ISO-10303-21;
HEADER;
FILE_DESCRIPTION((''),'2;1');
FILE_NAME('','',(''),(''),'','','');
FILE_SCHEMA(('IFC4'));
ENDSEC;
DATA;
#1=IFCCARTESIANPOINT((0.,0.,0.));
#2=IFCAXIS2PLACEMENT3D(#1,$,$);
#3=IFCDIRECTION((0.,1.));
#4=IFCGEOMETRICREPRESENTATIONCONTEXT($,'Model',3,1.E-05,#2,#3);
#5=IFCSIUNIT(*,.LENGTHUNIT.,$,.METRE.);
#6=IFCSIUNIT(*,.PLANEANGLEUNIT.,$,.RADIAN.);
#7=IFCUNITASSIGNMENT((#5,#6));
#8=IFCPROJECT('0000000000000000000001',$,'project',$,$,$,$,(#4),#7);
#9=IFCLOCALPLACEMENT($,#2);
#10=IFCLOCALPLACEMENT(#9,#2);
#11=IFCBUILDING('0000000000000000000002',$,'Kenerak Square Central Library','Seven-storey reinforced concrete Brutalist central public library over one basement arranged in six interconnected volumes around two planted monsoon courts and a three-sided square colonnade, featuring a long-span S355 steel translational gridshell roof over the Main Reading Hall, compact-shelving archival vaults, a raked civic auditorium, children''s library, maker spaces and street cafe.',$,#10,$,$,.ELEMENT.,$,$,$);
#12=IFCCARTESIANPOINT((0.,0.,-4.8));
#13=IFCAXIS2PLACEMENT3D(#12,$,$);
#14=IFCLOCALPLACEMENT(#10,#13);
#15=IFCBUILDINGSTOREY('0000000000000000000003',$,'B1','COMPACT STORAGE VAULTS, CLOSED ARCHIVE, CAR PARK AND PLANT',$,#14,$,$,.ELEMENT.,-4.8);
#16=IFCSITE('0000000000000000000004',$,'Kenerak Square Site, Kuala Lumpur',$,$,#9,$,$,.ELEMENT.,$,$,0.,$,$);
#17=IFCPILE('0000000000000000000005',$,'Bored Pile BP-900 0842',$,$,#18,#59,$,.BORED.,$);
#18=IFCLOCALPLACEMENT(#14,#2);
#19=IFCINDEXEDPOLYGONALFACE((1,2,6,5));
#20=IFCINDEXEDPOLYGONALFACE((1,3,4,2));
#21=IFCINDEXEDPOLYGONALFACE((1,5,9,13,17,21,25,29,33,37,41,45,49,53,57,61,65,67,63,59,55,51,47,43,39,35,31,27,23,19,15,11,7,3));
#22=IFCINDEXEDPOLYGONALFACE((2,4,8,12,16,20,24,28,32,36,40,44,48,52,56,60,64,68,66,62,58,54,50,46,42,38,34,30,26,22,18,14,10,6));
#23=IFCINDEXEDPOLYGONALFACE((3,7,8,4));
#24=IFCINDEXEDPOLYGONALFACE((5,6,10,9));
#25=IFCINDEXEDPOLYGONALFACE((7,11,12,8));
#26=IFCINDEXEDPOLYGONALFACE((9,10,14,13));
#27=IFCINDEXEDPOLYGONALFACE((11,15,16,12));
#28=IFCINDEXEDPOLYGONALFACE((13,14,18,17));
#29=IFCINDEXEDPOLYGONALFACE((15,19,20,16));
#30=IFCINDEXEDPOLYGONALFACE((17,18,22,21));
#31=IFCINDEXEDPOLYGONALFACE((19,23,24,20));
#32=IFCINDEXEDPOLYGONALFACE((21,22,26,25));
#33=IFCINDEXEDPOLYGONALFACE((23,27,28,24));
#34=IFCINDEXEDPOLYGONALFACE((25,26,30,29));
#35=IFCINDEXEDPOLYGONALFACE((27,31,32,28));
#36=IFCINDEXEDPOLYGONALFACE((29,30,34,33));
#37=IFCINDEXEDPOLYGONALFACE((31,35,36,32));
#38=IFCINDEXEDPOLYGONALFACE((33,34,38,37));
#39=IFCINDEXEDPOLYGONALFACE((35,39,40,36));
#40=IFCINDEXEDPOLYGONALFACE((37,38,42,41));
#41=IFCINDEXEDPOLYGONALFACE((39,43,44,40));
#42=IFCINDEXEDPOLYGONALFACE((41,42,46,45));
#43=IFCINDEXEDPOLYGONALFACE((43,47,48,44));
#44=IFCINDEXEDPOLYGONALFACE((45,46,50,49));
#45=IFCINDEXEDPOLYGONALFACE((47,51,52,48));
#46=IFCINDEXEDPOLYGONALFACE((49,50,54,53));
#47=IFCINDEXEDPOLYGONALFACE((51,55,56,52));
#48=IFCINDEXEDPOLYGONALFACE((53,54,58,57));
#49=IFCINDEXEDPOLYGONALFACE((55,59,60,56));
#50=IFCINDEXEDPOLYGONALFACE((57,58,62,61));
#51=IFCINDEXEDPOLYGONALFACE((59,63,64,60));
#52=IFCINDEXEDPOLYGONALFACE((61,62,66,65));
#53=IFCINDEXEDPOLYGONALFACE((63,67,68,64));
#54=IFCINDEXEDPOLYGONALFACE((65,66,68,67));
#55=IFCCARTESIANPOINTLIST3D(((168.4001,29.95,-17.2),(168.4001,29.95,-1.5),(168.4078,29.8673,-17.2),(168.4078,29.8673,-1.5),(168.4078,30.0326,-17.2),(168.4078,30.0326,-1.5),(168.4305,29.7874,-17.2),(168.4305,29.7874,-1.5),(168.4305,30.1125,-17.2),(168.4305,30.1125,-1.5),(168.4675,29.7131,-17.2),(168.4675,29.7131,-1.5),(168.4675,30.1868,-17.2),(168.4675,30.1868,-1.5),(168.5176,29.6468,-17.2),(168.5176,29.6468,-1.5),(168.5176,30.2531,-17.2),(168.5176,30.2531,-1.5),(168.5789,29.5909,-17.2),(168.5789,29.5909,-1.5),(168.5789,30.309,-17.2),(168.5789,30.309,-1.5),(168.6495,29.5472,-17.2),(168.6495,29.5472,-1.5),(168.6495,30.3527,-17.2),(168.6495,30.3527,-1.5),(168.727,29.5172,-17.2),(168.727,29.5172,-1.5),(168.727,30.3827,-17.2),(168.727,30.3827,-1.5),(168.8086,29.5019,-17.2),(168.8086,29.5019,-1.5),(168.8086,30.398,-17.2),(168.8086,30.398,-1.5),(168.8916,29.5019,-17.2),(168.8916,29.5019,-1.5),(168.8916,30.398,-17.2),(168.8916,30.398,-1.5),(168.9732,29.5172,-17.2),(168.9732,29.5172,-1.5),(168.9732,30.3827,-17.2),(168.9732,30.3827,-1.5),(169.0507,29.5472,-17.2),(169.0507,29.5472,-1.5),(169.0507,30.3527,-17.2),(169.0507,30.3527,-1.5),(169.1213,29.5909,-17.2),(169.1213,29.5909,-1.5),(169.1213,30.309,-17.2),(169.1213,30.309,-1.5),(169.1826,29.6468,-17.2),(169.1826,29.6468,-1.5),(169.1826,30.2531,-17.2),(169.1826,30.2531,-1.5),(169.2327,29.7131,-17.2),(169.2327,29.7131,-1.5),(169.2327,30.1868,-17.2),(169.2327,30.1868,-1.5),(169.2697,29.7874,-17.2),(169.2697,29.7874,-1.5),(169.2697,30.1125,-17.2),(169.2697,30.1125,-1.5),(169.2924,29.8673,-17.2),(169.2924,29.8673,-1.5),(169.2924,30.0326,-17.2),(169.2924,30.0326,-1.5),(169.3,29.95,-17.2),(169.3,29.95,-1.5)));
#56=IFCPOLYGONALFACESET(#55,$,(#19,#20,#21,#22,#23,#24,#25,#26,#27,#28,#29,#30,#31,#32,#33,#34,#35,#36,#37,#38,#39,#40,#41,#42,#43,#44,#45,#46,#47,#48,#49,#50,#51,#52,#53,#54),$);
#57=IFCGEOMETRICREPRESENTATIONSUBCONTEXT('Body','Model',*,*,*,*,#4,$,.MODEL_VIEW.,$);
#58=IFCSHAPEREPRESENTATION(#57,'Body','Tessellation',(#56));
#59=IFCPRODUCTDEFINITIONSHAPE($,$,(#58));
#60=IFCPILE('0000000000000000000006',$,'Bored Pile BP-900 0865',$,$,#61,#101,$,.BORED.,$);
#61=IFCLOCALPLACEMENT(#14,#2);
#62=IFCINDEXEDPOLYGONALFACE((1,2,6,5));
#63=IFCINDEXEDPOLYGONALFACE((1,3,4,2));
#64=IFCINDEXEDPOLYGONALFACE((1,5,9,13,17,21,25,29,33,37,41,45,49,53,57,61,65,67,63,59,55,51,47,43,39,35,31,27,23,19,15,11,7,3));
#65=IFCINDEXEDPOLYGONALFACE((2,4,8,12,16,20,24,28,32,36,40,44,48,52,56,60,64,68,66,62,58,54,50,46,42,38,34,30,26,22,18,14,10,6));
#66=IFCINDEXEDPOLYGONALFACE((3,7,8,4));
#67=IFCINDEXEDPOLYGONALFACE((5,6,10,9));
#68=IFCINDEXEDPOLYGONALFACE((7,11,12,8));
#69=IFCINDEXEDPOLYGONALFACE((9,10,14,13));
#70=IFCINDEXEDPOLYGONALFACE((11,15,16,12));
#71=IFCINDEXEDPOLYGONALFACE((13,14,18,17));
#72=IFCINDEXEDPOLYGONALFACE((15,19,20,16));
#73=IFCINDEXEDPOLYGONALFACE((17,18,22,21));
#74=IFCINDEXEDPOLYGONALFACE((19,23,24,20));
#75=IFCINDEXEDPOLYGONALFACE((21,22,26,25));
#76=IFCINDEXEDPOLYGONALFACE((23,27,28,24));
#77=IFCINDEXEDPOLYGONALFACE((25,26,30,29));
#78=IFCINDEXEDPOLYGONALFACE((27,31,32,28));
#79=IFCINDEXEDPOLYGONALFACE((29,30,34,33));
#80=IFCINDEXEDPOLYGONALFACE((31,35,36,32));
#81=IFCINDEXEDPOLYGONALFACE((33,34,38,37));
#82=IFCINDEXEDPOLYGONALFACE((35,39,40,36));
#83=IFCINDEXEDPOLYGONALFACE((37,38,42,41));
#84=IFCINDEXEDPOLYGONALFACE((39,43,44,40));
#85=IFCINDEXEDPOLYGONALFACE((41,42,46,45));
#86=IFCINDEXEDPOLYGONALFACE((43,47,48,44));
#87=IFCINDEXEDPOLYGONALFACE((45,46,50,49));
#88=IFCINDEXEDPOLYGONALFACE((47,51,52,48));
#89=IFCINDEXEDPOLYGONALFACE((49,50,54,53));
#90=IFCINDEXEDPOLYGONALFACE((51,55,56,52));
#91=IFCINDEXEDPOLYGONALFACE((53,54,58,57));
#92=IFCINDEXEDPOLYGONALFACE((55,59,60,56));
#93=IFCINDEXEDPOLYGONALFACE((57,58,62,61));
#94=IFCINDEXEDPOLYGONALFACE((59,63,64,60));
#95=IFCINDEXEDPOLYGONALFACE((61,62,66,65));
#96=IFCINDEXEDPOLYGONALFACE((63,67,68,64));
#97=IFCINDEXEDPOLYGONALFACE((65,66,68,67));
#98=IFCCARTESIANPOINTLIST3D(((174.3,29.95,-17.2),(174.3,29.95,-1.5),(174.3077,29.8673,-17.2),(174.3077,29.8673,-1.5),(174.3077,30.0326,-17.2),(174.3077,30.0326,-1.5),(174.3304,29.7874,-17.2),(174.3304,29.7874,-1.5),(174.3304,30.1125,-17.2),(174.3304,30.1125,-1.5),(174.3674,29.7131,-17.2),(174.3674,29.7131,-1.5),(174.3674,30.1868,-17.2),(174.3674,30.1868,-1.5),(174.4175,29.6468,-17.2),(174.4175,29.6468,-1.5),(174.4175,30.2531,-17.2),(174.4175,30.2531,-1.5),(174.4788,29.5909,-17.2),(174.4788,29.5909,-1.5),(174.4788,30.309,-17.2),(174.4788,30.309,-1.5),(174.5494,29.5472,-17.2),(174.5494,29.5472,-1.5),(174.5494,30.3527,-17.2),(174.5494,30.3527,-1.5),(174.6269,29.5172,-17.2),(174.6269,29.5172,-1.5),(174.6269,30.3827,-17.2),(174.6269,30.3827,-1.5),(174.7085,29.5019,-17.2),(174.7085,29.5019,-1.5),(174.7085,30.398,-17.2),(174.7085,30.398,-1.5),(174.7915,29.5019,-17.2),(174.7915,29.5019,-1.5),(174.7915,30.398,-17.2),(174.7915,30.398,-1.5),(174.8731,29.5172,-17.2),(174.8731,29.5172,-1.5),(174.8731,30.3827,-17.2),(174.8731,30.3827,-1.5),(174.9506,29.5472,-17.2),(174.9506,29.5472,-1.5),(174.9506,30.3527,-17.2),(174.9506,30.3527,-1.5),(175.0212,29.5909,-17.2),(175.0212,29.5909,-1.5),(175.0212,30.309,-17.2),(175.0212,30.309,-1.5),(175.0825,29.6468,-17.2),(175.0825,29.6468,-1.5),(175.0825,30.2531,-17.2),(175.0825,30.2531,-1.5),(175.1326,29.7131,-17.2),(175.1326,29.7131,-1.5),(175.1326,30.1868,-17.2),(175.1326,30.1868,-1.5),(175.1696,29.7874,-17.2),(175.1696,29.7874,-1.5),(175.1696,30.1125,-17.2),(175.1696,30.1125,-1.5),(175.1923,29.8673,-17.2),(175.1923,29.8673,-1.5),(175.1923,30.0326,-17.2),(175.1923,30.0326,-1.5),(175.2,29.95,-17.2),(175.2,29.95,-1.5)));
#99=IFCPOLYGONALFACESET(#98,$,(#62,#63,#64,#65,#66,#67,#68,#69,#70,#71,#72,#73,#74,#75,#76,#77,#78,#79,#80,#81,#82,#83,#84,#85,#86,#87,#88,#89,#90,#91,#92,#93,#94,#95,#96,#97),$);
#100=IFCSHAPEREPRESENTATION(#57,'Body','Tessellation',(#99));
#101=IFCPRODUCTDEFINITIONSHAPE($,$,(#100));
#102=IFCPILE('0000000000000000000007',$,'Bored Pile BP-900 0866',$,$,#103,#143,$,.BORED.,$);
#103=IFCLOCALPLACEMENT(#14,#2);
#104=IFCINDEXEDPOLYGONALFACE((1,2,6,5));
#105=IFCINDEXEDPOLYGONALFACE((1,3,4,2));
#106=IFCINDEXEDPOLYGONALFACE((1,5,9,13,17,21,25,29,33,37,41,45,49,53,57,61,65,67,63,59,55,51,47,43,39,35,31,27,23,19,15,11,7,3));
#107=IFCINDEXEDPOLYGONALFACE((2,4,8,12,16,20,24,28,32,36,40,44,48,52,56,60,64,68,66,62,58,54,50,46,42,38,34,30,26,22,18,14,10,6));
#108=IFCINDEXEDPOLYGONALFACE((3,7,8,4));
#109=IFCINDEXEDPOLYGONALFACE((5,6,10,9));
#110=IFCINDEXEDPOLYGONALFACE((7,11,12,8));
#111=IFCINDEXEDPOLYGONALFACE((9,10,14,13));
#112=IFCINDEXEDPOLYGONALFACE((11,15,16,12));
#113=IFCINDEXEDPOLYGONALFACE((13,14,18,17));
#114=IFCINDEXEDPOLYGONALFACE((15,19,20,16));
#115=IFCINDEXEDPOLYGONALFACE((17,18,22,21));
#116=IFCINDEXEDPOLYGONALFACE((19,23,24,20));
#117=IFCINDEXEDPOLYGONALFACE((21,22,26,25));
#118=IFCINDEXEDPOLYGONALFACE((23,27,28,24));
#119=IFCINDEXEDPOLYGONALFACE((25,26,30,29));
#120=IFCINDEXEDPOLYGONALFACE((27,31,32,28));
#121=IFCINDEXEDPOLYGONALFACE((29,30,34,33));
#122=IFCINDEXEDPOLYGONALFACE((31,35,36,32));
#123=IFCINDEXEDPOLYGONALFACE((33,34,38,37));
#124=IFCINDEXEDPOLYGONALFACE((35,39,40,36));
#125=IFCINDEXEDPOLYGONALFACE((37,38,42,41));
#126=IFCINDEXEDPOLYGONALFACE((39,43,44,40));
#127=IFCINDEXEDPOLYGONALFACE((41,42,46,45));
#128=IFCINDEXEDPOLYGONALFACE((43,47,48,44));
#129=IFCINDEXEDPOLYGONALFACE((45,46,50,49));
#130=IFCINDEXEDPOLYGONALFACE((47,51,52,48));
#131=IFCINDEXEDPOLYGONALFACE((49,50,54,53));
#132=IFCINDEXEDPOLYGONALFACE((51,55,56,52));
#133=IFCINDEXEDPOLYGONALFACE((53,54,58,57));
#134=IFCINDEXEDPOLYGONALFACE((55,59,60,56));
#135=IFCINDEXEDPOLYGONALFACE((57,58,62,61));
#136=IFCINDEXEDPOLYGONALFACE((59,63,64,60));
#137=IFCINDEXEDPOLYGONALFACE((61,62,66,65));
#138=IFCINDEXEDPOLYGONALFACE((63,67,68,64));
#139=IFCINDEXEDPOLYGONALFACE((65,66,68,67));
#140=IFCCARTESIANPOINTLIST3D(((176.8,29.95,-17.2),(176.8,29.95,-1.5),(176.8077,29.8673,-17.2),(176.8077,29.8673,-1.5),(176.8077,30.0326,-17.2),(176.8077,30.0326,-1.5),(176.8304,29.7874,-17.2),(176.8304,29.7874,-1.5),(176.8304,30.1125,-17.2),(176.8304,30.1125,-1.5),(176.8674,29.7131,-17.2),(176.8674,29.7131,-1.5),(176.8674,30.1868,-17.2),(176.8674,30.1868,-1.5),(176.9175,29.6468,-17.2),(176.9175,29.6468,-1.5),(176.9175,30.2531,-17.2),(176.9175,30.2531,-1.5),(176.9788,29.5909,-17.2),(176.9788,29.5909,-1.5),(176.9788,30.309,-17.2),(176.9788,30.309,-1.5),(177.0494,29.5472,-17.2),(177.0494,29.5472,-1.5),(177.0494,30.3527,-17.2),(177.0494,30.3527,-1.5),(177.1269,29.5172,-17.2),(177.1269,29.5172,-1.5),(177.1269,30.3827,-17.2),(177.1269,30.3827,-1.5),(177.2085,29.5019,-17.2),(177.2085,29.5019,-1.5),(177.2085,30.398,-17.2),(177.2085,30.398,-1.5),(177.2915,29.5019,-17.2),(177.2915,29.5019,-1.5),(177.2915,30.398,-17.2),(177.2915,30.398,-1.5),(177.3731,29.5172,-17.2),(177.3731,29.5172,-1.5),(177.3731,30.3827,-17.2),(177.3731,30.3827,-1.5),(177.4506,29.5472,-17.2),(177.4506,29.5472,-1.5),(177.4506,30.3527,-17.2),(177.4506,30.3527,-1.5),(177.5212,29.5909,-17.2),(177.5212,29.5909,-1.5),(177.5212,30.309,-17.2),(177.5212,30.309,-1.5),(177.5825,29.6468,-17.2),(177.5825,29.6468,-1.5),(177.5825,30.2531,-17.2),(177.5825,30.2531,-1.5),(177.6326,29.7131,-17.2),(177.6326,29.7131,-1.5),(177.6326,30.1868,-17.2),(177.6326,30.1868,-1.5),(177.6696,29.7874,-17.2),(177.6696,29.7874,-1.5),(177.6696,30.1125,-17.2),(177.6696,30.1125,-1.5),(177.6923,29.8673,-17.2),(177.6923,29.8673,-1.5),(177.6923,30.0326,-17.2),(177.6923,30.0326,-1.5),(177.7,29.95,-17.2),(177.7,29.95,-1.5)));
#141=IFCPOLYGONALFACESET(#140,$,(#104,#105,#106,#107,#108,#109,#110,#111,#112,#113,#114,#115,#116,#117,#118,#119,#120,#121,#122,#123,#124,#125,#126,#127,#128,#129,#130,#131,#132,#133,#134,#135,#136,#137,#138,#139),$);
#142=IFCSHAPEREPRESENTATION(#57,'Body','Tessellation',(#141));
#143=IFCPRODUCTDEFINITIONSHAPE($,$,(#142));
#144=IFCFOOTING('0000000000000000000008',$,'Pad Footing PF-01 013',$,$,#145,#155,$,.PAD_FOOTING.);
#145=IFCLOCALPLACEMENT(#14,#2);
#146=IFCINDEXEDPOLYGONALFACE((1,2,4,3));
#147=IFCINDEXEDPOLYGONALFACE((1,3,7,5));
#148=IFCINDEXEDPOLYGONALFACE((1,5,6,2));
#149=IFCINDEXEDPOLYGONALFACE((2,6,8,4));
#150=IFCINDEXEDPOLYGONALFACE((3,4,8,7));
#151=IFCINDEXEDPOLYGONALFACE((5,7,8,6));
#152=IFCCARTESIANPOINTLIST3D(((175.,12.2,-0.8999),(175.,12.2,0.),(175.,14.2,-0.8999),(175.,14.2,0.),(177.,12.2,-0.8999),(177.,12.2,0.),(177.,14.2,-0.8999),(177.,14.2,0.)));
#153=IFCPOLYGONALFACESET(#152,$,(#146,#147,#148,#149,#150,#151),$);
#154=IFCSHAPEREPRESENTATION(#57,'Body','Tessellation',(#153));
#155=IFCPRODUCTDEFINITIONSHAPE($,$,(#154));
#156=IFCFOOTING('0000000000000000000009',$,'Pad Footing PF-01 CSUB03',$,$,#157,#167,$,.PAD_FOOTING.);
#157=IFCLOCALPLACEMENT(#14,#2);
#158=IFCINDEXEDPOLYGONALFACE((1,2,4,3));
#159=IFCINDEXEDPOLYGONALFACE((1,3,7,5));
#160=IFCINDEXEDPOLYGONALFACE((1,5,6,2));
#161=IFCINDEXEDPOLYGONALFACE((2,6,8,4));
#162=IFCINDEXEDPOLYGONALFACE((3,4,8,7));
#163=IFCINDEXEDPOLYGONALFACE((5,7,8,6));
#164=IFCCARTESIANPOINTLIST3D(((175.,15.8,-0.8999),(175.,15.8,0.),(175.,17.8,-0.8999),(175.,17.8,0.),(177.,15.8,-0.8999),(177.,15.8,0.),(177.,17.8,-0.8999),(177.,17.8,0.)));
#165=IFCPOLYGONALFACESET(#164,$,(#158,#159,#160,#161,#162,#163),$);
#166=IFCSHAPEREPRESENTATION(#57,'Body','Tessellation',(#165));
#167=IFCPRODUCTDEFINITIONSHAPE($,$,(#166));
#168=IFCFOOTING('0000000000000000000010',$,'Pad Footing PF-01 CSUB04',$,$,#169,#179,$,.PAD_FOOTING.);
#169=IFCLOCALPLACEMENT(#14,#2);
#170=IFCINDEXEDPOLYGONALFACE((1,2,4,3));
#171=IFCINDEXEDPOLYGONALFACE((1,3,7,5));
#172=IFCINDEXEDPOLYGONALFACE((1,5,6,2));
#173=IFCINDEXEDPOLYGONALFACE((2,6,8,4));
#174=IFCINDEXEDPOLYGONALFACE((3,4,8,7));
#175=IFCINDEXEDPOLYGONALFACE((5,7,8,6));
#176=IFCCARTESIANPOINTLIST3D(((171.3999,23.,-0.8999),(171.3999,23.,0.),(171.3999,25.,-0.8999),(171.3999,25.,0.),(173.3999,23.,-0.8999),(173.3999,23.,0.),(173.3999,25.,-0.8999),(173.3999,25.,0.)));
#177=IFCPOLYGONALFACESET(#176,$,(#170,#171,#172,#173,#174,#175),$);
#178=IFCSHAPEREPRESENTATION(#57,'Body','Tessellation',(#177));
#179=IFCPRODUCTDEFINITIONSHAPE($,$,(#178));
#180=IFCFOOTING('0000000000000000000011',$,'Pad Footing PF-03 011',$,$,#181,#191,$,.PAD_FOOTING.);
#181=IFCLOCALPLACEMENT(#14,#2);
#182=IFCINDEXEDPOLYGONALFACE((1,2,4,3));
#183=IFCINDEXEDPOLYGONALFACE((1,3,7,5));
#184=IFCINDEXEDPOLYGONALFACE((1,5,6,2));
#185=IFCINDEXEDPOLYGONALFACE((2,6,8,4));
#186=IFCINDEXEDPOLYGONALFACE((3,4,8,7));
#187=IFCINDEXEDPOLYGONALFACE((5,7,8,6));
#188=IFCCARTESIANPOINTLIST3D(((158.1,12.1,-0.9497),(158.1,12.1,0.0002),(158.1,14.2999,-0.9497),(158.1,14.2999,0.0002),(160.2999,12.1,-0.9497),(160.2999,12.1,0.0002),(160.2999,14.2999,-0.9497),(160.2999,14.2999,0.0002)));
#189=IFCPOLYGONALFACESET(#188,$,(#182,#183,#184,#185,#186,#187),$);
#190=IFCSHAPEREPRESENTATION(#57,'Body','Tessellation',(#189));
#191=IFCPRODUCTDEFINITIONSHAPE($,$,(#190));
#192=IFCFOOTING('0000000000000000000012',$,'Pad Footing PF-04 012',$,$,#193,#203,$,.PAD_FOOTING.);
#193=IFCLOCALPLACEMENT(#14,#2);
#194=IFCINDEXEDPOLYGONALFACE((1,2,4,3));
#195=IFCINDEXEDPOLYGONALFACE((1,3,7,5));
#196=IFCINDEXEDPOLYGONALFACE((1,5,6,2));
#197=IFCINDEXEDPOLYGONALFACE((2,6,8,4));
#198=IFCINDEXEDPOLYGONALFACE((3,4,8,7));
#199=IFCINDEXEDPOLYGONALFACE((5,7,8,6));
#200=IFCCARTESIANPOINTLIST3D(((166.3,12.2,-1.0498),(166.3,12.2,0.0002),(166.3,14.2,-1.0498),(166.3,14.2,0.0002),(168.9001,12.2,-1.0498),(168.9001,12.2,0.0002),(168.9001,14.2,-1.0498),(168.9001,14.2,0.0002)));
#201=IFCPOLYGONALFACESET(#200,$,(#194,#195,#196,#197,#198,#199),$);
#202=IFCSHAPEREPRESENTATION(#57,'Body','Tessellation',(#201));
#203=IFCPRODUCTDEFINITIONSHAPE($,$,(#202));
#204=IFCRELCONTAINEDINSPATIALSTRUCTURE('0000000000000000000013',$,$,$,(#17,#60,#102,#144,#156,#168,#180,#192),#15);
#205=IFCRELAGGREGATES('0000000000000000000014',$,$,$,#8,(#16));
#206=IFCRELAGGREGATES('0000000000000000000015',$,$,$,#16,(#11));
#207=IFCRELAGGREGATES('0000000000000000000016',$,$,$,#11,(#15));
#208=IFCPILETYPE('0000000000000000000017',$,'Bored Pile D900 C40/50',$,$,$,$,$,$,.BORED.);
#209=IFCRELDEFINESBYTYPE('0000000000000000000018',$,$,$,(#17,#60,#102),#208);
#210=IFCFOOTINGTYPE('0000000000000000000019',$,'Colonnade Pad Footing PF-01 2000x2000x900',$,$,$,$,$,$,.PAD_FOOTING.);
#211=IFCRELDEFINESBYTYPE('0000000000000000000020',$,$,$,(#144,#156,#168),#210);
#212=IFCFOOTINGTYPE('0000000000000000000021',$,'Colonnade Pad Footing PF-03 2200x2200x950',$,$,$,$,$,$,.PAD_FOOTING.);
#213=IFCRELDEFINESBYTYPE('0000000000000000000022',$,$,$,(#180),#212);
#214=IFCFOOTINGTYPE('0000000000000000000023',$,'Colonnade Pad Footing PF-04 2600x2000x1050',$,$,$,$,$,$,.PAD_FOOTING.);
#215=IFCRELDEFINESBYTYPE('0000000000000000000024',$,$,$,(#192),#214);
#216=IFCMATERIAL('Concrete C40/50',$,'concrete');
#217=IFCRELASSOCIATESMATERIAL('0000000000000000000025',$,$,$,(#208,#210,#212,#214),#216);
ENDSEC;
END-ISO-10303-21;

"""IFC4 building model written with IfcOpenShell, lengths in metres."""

from ifc_helpers import new_model, si_unit, direction, frame, origin, origin_2d, place, context, subcontext, project, spatial, rectangle, circle, extrude, material, material_profile, profile_set, type_object, element, save


model = new_model("IFC4")

# Units and contexts
model_context = context("Model", 3, precision=1e-05, world=origin(), true_north=direction((0.0, 1.0)))
body_context = subcontext(model_context, "Body", "Model", "MODEL_VIEW")
ifc_project = project(units=[si_unit("LENGTHUNIT", "METRE"), si_unit("PLANEANGLEUNIT", "RADIAN")], contexts=[model_context])

# Site, building, storey
site_placement = place(None, origin())
site = spatial("IfcSite", under=ifc_project, at=site_placement, Name="Kenerak Square Site, Kuala Lumpur", CompositionType="ELEMENT", RefElevation=0.0)
building_placement = place(site_placement, origin())
building = spatial("IfcBuilding", under=site, at=building_placement, Name="Kenerak Square Central Library", Description="Seven-storey reinforced concrete Brutalist central public library over one basement arranged in six interconnected volumes around two planted monsoon courts and a three-sided square colonnade, featuring a long-span S355 steel translational gridshell roof over the Main Reading Hall, compact-shelving archival vaults, a raked civic auditorium, children's library, maker spaces and street cafe.", CompositionType="ELEMENT")
storey_placement = place(building_placement, frame((0.0, 0.0, -4.8)))
storey = spatial("IfcBuildingStorey", under=building, at=storey_placement, Name="B1", Description="COMPACT STORAGE VAULTS, CLOSED ARCHIVE, CAR PARK AND PLANT", CompositionType="ELEMENT", Elevation=-4.8)

# Piles
ifc_material_1 = material(Name="Concrete C40/50", Category="concrete")
ifc_material_profile_1 = material_profile(ifc_material_1, circle(Radius=0.45, at=origin_2d()), Name="BP D900")
ifc_profile_set_1 = profile_set([ifc_material_profile_1], Name="Concrete C40/50")
pile_type = type_object("IfcPileType", Name="Bored Pile D900 C40/50", PredefinedType="BORED", material=ifc_profile_set_1)
for number, where, z_axis, x_axis, name in (
    (1, (168.8501, 29.95, -1.5), (0.0, 0.0, -1.0), (1.0, 0.0, 0.0), "Bored Pile BP-900 0842"),
    (2, (174.75, 29.95, -1.5), (0.0, 0.0, -1.0), (1.0, 0.0, 0.0), "Bored Pile BP-900 0865"),
    (3, (177.25, 29.95, -1.5), (0.0, 0.0, -1.0), (1.0, 0.0, 0.0), "Bored Pile BP-900 0866"),
):
    element("IfcPile", number, at=place(storey_placement, frame(where, z_axis=z_axis, x_axis=x_axis)), inside=storey, type_object=pile_type, Name=name, PredefinedType="BORED", context=body_context, shape_type="SweptSolid", body=[
        extrude(circle(Radius=0.45, at=origin_2d()), origin(), (0.0, 0.0, 1.0), 15.7),
    ])

# Footings
footing_type_1 = type_object("IfcFootingType", Name="Colonnade Pad Footing PF-01 2000x2000x900", PredefinedType="PAD_FOOTING", material=ifc_material_1)
for number, where, z_axis, x_axis, name in (
    (4, (176.0, 13.2, -0.8999), (0.0, 0.0, 1.0), (1.0, 0.0, 0.0), "Pad Footing PF-01 013"),
    (5, (176.0, 16.8, -0.8999), (0.0, 0.0, 1.0), (1.0, 0.0, 0.0), "Pad Footing PF-01 CSUB03"),
    (6, (172.3999, 24.0, -0.8999), (0.0, 0.0, 1.0), (1.0, 0.0, 0.0), "Pad Footing PF-01 CSUB04"),
):
    element("IfcFooting", number, at=place(storey_placement, frame(where, z_axis=z_axis, x_axis=x_axis)), inside=storey, type_object=footing_type_1, Name=name, PredefinedType="PAD_FOOTING", context=body_context, shape_type="SweptSolid", body=[
        extrude(rectangle(XDim=2.0, YDim=2.0, at=origin_2d()), origin(), (0.0, 0.0, 1.0), 0.8999),
    ])
footing_type_2 = type_object("IfcFootingType", Name="Colonnade Pad Footing PF-03 2200x2200x950", PredefinedType="PAD_FOOTING", material=ifc_material_1)
footing_1_placement = place(storey_placement, frame((159.2, 13.2, -0.9497), z_axis=(0.0, 0.0, 1.0), x_axis=(1.0, 0.0, 0.0)))
element("IfcFooting", 7, at=footing_1_placement, inside=storey, type_object=footing_type_2, Name="Pad Footing PF-03 011", PredefinedType="PAD_FOOTING", context=body_context, shape_type="SweptSolid", body=[
    extrude(rectangle(XDim=2.2, YDim=2.2, at=origin_2d()), origin(), (0.0, 0.0, 1.0), 0.95),
])
footing_type_3 = type_object("IfcFootingType", Name="Colonnade Pad Footing PF-04 2600x2000x1050", PredefinedType="PAD_FOOTING", material=ifc_material_1)
footing_2_placement = place(storey_placement, frame((167.6001, 13.2, -1.0498), z_axis=(0.0, 0.0, 1.0), x_axis=(1.0, 0.0, 0.0)))
element("IfcFooting", 8, at=footing_2_placement, inside=storey, type_object=footing_type_3, Name="Pad Footing PF-04 012", PredefinedType="PAD_FOOTING", context=body_context, shape_type="SweptSolid", body=[
    extrude(rectangle(XDim=2.6001, YDim=2.0, at=origin_2d()), origin(), (0.0, 0.0, 1.0), 1.05),
])

save(model, "model.ifc")
